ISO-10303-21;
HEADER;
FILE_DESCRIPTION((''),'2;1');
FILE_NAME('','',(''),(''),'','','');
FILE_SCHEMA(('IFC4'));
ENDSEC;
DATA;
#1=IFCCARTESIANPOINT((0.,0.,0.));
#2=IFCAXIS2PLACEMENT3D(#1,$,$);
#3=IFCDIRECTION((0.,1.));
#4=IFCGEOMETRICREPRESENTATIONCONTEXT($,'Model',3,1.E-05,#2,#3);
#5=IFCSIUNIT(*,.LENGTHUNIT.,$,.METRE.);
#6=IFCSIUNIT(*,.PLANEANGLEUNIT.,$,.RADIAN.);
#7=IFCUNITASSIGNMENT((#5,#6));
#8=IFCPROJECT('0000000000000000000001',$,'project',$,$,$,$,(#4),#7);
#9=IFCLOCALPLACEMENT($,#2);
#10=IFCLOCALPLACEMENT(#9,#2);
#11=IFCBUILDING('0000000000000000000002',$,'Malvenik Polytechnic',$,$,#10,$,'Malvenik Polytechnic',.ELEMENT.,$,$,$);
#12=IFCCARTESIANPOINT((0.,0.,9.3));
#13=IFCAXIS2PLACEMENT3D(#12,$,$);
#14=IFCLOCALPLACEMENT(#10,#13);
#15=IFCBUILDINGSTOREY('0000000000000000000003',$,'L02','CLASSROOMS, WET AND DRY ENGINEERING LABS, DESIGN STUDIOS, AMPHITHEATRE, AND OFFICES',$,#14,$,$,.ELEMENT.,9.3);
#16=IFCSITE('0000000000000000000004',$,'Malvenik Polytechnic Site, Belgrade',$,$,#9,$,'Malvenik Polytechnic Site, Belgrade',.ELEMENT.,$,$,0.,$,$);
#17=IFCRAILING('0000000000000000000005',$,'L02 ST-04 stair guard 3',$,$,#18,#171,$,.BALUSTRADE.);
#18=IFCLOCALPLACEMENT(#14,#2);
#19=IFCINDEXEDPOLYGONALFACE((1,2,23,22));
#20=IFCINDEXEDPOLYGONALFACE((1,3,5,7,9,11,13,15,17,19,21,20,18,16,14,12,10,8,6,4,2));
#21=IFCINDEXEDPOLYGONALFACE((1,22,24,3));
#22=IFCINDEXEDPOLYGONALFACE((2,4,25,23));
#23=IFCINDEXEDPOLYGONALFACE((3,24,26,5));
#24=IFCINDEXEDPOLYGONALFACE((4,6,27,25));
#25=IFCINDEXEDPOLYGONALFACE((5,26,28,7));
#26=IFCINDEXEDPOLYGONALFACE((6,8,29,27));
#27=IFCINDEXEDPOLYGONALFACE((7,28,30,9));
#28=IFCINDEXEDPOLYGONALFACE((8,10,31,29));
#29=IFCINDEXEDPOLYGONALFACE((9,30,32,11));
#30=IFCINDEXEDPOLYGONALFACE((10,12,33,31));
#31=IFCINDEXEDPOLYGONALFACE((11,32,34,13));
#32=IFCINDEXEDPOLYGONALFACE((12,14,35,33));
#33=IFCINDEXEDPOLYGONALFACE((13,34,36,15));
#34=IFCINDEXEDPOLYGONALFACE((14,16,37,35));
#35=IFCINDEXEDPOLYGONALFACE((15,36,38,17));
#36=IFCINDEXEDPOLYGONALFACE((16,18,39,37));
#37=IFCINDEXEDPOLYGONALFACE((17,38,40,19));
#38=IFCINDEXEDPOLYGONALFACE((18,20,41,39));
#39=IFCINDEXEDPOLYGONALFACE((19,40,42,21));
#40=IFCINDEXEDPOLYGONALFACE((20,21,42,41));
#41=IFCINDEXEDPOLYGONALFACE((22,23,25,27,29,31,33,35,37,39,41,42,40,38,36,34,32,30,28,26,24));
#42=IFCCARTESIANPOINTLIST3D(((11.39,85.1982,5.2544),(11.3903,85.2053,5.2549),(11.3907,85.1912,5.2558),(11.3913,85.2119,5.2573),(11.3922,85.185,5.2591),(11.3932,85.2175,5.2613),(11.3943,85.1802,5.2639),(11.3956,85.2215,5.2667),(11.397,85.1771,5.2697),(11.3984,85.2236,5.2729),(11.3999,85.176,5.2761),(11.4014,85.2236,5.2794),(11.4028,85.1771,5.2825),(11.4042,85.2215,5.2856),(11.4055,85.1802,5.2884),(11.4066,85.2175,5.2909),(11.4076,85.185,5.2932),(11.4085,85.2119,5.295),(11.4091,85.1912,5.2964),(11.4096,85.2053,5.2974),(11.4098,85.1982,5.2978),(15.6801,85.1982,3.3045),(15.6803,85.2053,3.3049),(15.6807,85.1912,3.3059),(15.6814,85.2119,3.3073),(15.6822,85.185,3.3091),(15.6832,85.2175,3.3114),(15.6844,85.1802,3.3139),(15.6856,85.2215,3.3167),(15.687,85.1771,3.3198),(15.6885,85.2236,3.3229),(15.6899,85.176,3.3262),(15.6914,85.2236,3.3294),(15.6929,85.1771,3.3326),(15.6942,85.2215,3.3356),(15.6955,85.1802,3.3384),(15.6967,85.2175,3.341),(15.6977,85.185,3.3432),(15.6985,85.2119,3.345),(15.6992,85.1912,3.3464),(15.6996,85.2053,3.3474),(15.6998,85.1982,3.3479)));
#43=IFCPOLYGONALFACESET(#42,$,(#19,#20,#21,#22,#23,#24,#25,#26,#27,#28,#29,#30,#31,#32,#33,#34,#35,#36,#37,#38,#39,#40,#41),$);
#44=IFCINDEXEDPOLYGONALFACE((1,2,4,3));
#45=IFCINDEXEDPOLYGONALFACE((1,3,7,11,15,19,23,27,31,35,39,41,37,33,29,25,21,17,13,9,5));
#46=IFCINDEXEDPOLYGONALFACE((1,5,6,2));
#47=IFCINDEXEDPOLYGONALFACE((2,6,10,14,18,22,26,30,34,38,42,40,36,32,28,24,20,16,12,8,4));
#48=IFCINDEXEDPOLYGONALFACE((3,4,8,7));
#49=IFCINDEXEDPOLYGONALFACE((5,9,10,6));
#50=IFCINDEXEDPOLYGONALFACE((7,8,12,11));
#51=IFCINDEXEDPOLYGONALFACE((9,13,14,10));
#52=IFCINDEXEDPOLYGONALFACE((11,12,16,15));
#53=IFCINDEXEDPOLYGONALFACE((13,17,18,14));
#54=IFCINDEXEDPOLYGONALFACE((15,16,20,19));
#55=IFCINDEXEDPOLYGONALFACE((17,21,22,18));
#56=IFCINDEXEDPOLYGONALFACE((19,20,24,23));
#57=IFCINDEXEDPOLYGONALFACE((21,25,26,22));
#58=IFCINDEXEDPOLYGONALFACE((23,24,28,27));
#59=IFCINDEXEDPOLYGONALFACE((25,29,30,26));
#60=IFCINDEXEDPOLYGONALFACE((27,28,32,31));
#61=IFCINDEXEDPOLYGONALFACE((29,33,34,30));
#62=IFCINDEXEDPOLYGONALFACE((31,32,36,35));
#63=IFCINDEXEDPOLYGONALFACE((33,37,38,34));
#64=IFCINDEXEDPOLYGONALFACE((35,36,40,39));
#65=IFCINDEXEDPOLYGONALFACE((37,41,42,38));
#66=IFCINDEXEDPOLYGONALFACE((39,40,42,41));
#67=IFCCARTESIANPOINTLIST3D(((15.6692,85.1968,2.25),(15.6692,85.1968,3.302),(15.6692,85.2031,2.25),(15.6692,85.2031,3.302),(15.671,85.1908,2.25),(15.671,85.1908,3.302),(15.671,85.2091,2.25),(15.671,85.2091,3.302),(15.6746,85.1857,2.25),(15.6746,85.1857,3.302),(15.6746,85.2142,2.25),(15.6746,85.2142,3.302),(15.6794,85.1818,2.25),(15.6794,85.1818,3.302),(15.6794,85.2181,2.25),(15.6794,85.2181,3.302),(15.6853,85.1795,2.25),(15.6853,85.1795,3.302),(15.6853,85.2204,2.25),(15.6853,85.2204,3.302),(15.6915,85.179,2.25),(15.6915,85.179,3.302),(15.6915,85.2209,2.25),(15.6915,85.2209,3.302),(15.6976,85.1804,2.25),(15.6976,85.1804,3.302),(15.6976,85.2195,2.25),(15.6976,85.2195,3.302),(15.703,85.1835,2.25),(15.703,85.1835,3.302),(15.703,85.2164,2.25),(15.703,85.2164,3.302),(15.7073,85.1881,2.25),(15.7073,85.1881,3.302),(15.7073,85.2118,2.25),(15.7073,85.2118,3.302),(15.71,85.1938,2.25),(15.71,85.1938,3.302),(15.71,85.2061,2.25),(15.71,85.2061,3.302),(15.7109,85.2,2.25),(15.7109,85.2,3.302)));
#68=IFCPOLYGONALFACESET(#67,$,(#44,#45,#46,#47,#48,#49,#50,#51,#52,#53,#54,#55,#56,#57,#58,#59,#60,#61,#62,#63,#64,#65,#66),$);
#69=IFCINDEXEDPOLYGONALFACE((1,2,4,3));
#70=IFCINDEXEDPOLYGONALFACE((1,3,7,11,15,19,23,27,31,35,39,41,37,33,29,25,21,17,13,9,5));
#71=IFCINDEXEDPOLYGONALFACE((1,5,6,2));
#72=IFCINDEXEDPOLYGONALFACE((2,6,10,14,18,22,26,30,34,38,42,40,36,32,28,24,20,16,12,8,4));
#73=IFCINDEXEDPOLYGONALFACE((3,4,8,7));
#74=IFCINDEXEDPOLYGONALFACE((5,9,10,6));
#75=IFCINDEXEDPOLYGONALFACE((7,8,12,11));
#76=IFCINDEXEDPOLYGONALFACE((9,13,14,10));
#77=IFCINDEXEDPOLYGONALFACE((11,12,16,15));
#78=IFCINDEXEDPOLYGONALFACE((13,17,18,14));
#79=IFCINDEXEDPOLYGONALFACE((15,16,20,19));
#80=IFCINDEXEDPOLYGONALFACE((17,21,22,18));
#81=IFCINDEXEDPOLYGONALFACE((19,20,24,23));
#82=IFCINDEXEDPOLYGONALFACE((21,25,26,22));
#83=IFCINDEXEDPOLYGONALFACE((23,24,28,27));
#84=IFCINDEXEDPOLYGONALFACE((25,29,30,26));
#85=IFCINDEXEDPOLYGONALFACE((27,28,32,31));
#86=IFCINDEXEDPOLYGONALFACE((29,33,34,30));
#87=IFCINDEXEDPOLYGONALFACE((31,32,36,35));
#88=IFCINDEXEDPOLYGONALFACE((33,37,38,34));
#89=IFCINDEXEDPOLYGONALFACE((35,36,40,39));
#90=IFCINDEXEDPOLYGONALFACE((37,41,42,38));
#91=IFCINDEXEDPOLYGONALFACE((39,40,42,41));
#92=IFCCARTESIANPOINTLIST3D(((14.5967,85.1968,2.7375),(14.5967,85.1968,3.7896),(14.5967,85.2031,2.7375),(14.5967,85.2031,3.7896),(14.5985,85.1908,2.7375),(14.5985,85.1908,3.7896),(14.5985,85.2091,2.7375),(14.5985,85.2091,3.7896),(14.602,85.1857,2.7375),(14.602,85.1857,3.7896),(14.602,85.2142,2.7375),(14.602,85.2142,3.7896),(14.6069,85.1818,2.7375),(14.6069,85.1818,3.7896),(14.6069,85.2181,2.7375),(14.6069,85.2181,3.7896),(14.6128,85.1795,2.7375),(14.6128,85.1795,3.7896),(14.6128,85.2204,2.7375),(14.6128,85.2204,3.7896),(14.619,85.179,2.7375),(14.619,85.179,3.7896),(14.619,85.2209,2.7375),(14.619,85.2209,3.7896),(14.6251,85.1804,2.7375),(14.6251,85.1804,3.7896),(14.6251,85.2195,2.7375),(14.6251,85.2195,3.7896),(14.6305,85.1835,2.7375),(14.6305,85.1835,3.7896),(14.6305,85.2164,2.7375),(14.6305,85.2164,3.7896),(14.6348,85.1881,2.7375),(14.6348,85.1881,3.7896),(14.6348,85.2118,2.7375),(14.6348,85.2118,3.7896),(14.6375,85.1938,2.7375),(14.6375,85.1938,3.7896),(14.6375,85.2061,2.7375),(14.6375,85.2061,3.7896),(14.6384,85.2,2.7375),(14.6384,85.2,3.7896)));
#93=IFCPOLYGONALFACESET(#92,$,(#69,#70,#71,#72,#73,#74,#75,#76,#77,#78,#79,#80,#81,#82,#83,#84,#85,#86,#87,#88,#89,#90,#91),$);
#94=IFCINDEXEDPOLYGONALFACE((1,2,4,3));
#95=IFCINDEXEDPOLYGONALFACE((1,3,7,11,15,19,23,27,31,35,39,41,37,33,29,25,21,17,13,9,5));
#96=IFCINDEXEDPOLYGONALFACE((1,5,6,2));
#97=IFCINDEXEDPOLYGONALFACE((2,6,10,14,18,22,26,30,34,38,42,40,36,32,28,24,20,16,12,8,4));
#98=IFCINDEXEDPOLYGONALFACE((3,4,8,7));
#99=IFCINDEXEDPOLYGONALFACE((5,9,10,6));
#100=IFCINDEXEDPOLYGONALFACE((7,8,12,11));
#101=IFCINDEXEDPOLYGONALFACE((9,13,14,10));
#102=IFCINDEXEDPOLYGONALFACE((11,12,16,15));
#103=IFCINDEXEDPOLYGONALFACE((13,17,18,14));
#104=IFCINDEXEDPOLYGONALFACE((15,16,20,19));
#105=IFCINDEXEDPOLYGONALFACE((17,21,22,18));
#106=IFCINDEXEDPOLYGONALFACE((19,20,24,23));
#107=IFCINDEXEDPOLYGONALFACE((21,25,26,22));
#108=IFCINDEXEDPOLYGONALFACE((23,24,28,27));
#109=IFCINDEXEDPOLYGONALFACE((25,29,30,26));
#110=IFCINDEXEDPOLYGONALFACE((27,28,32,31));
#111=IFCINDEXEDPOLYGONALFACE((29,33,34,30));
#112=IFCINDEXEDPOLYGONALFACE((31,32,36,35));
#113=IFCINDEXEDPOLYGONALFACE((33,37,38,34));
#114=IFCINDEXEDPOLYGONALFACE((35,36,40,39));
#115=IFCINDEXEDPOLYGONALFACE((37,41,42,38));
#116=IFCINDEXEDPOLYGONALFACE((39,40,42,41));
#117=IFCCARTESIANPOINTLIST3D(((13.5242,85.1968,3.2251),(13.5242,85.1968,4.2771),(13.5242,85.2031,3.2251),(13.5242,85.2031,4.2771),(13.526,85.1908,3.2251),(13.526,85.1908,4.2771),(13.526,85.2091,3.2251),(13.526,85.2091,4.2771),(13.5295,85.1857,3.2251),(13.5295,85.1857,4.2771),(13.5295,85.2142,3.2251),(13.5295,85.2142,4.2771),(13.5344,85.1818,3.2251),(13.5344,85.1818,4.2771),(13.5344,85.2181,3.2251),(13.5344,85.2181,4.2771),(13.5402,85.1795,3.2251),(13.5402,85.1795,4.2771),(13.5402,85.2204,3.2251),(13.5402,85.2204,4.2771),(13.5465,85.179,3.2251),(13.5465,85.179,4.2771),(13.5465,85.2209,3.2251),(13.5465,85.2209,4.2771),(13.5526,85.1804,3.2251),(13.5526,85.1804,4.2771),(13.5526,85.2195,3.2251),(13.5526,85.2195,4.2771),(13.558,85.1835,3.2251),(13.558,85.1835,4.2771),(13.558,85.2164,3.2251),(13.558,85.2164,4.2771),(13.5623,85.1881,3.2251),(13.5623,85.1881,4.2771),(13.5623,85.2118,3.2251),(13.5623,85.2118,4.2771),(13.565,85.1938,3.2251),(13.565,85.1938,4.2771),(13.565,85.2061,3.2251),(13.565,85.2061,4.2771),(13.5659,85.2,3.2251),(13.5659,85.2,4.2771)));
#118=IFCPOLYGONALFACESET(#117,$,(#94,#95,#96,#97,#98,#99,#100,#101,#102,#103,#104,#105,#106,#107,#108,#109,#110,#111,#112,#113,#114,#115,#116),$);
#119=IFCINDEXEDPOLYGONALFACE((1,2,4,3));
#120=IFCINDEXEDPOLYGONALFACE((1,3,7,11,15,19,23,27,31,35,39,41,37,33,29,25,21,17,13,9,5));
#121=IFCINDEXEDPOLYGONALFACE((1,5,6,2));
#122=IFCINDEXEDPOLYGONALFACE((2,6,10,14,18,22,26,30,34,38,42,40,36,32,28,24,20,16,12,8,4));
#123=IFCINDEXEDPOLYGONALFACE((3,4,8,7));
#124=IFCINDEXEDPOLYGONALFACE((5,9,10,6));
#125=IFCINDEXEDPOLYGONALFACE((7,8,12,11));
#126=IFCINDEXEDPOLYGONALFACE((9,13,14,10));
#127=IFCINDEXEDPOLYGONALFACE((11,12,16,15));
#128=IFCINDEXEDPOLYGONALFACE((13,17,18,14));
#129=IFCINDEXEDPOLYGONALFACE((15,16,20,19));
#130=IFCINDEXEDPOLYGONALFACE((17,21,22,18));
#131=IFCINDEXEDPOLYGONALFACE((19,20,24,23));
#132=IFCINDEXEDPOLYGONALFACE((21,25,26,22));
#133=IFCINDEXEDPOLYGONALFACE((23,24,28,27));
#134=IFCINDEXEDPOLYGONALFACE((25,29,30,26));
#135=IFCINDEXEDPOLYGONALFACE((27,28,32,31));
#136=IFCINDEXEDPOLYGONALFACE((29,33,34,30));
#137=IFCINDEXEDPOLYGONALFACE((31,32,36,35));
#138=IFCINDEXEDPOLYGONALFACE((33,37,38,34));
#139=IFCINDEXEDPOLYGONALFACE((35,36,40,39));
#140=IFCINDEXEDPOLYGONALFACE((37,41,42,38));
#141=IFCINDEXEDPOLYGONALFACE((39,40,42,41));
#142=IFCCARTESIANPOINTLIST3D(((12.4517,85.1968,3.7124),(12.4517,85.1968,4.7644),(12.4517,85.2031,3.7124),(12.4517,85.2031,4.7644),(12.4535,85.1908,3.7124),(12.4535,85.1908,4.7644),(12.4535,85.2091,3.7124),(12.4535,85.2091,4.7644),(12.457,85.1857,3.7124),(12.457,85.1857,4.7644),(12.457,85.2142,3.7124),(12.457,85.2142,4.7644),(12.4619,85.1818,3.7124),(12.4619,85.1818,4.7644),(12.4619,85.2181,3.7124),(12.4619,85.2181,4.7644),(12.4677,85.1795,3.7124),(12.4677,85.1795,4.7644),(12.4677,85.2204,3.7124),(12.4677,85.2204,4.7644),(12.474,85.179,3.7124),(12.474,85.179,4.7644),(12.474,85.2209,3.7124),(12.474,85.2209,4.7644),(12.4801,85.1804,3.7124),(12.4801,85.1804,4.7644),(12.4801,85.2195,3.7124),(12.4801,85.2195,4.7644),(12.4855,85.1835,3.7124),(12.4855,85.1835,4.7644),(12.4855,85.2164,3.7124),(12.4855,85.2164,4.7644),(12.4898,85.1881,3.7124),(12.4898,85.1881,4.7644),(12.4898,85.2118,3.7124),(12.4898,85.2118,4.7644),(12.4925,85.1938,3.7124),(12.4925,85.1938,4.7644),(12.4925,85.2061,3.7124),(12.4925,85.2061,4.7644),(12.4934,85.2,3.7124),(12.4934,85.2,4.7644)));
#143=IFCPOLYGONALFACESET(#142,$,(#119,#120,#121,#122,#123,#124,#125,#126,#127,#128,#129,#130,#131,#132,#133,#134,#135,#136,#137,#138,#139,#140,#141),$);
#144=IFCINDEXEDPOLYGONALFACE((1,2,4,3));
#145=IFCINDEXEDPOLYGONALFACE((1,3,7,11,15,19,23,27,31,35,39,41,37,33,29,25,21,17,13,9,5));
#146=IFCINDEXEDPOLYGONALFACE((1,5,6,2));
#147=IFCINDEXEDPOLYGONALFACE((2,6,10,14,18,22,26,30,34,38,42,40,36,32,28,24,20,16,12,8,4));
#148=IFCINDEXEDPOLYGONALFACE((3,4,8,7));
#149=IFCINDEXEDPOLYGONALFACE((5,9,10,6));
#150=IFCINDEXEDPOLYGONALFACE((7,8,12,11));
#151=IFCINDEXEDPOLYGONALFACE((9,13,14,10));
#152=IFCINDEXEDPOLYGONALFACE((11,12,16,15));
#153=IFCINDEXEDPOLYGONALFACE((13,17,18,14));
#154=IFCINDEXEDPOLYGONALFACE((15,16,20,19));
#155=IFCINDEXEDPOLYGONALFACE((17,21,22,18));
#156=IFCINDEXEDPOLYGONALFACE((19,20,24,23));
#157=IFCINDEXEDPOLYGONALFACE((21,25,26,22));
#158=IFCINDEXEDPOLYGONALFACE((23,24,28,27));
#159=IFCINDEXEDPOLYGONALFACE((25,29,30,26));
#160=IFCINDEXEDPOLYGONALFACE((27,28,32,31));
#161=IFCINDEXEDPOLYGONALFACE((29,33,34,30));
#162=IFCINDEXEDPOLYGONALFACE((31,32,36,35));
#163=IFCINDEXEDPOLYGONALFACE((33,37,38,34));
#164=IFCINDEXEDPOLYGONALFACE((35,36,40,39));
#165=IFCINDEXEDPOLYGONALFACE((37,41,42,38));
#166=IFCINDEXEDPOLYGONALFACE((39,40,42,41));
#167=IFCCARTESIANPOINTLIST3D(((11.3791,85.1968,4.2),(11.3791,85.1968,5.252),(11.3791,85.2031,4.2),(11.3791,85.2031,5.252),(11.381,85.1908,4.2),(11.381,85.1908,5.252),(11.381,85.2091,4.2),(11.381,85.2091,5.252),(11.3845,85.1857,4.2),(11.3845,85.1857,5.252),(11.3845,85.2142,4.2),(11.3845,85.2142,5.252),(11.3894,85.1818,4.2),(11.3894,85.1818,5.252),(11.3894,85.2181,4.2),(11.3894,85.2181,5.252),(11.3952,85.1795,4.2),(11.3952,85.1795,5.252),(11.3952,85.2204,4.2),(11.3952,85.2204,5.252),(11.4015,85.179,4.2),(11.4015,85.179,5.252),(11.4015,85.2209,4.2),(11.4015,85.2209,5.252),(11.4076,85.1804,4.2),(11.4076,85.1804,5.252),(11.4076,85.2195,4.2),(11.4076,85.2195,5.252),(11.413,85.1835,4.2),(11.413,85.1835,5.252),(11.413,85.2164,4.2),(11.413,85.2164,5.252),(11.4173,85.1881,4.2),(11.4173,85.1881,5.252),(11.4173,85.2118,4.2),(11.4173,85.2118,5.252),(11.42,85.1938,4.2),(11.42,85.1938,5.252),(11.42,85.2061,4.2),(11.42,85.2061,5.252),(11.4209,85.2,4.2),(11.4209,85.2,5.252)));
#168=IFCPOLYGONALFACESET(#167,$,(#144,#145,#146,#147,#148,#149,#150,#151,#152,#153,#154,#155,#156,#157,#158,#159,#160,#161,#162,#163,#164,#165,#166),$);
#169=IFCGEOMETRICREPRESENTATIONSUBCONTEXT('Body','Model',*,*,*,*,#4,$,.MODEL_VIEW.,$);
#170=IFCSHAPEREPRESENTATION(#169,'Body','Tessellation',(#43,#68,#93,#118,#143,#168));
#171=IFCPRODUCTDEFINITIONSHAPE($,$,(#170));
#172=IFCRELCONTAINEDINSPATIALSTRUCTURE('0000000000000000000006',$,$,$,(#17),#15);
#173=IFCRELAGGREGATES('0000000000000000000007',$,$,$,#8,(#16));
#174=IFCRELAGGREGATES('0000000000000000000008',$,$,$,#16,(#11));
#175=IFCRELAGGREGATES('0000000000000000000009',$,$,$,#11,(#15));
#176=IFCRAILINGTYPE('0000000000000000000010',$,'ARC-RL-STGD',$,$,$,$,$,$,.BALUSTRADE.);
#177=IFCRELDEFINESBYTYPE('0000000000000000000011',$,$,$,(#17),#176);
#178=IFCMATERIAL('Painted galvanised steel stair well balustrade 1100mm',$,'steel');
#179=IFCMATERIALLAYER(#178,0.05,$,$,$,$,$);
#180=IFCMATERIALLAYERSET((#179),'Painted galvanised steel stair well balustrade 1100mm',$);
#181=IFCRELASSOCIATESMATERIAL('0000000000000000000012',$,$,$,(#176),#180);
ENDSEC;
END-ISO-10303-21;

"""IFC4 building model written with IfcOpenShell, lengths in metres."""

from ifc_helpers import new_model, si_unit, direction, frame, origin, origin_2d, place, context, subcontext, project, spatial, circle, extrude, material, layer, layer_set, type_object, element, save


model = new_model("IFC4")

# Units and contexts
model_context = context("Model", 3, precision=1e-05, world=origin(), true_north=direction((0.0, 1.0)))
body_context = subcontext(model_context, "Body", "Model", "MODEL_VIEW")
ifc_project = project(units=[si_unit("LENGTHUNIT", "METRE"), si_unit("PLANEANGLEUNIT", "RADIAN")], contexts=[model_context])

# Site, building, storey
site_placement = place(None, origin())
site = spatial("IfcSite", under=ifc_project, at=site_placement, Name="Malvenik Polytechnic Site, Belgrade", LongName="Malvenik Polytechnic Site, Belgrade", CompositionType="ELEMENT", RefElevation=0.0)
building_placement = place(site_placement, origin())
building = spatial("IfcBuilding", under=site, at=building_placement, Name="Malvenik Polytechnic", LongName="Malvenik Polytechnic", CompositionType="ELEMENT")
storey_placement = place(building_placement, frame((0.0, 0.0, 9.3)))
storey = spatial("IfcBuildingStorey", under=building, at=storey_placement, Name="L02", Description="CLASSROOMS, WET AND DRY ENGINEERING LABS, DESIGN STUDIOS, AMPHITHEATRE, AND OFFICES", CompositionType="ELEMENT", Elevation=9.3)

# Railing
ifc_material_1 = material(Name="Painted galvanised steel stair well balustrade 1100mm", Category="steel")
ifc_layer_1 = layer(ifc_material_1, 0.05)
ifc_layer_set_1 = layer_set([ifc_layer_1], Name="Painted galvanised steel stair well balustrade 1100mm")
railing_type_1 = type_object("IfcRailingType", Name="ARC-RL-STGD", PredefinedType="BALUSTRADE", material=ifc_layer_set_1)
railing_1_placement = place(storey_placement, frame((15.6899, 85.2, 2.25)))
element("IfcRailing", 1, at=railing_1_placement, inside=storey, type_object=railing_type_1, Name="L02 ST-04 stair guard 3", PredefinedType="BALUSTRADE", context=body_context, shape_type="SweptSolid", body=[
    extrude(circle(Radius=0.0239, at=origin_2d()), frame((0.0, 0.0, 1.0762), z_axis=(-0.910372, 0.0, 0.413791), x_axis=(0.0, -1.0, 0.0)), (0.0, 0.0, 1.0), 4.7124),
    extrude(circle(Radius=0.021, at=origin_2d()), origin(), (0.0, 0.0, 1.0), 1.052),
    extrude(circle(Radius=0.021, at=origin_2d()), frame((-1.0725, 0.0, 0.4875)), (0.0, 0.0, 1.0), 1.052),
    extrude(circle(Radius=0.021, at=origin_2d()), frame((-2.145, 0.0, 0.9751)), (0.0, 0.0, 1.0), 1.052),
    extrude(circle(Radius=0.021, at=origin_2d()), frame((-3.2175, 0.0, 1.4624)), (0.0, 0.0, 1.0), 1.052),
    extrude(circle(Radius=0.021, at=origin_2d()), frame((-4.29, 0.0, 1.95)), (0.0, 0.0, 1.0), 1.052),
])

save(model, "model.ifc")
